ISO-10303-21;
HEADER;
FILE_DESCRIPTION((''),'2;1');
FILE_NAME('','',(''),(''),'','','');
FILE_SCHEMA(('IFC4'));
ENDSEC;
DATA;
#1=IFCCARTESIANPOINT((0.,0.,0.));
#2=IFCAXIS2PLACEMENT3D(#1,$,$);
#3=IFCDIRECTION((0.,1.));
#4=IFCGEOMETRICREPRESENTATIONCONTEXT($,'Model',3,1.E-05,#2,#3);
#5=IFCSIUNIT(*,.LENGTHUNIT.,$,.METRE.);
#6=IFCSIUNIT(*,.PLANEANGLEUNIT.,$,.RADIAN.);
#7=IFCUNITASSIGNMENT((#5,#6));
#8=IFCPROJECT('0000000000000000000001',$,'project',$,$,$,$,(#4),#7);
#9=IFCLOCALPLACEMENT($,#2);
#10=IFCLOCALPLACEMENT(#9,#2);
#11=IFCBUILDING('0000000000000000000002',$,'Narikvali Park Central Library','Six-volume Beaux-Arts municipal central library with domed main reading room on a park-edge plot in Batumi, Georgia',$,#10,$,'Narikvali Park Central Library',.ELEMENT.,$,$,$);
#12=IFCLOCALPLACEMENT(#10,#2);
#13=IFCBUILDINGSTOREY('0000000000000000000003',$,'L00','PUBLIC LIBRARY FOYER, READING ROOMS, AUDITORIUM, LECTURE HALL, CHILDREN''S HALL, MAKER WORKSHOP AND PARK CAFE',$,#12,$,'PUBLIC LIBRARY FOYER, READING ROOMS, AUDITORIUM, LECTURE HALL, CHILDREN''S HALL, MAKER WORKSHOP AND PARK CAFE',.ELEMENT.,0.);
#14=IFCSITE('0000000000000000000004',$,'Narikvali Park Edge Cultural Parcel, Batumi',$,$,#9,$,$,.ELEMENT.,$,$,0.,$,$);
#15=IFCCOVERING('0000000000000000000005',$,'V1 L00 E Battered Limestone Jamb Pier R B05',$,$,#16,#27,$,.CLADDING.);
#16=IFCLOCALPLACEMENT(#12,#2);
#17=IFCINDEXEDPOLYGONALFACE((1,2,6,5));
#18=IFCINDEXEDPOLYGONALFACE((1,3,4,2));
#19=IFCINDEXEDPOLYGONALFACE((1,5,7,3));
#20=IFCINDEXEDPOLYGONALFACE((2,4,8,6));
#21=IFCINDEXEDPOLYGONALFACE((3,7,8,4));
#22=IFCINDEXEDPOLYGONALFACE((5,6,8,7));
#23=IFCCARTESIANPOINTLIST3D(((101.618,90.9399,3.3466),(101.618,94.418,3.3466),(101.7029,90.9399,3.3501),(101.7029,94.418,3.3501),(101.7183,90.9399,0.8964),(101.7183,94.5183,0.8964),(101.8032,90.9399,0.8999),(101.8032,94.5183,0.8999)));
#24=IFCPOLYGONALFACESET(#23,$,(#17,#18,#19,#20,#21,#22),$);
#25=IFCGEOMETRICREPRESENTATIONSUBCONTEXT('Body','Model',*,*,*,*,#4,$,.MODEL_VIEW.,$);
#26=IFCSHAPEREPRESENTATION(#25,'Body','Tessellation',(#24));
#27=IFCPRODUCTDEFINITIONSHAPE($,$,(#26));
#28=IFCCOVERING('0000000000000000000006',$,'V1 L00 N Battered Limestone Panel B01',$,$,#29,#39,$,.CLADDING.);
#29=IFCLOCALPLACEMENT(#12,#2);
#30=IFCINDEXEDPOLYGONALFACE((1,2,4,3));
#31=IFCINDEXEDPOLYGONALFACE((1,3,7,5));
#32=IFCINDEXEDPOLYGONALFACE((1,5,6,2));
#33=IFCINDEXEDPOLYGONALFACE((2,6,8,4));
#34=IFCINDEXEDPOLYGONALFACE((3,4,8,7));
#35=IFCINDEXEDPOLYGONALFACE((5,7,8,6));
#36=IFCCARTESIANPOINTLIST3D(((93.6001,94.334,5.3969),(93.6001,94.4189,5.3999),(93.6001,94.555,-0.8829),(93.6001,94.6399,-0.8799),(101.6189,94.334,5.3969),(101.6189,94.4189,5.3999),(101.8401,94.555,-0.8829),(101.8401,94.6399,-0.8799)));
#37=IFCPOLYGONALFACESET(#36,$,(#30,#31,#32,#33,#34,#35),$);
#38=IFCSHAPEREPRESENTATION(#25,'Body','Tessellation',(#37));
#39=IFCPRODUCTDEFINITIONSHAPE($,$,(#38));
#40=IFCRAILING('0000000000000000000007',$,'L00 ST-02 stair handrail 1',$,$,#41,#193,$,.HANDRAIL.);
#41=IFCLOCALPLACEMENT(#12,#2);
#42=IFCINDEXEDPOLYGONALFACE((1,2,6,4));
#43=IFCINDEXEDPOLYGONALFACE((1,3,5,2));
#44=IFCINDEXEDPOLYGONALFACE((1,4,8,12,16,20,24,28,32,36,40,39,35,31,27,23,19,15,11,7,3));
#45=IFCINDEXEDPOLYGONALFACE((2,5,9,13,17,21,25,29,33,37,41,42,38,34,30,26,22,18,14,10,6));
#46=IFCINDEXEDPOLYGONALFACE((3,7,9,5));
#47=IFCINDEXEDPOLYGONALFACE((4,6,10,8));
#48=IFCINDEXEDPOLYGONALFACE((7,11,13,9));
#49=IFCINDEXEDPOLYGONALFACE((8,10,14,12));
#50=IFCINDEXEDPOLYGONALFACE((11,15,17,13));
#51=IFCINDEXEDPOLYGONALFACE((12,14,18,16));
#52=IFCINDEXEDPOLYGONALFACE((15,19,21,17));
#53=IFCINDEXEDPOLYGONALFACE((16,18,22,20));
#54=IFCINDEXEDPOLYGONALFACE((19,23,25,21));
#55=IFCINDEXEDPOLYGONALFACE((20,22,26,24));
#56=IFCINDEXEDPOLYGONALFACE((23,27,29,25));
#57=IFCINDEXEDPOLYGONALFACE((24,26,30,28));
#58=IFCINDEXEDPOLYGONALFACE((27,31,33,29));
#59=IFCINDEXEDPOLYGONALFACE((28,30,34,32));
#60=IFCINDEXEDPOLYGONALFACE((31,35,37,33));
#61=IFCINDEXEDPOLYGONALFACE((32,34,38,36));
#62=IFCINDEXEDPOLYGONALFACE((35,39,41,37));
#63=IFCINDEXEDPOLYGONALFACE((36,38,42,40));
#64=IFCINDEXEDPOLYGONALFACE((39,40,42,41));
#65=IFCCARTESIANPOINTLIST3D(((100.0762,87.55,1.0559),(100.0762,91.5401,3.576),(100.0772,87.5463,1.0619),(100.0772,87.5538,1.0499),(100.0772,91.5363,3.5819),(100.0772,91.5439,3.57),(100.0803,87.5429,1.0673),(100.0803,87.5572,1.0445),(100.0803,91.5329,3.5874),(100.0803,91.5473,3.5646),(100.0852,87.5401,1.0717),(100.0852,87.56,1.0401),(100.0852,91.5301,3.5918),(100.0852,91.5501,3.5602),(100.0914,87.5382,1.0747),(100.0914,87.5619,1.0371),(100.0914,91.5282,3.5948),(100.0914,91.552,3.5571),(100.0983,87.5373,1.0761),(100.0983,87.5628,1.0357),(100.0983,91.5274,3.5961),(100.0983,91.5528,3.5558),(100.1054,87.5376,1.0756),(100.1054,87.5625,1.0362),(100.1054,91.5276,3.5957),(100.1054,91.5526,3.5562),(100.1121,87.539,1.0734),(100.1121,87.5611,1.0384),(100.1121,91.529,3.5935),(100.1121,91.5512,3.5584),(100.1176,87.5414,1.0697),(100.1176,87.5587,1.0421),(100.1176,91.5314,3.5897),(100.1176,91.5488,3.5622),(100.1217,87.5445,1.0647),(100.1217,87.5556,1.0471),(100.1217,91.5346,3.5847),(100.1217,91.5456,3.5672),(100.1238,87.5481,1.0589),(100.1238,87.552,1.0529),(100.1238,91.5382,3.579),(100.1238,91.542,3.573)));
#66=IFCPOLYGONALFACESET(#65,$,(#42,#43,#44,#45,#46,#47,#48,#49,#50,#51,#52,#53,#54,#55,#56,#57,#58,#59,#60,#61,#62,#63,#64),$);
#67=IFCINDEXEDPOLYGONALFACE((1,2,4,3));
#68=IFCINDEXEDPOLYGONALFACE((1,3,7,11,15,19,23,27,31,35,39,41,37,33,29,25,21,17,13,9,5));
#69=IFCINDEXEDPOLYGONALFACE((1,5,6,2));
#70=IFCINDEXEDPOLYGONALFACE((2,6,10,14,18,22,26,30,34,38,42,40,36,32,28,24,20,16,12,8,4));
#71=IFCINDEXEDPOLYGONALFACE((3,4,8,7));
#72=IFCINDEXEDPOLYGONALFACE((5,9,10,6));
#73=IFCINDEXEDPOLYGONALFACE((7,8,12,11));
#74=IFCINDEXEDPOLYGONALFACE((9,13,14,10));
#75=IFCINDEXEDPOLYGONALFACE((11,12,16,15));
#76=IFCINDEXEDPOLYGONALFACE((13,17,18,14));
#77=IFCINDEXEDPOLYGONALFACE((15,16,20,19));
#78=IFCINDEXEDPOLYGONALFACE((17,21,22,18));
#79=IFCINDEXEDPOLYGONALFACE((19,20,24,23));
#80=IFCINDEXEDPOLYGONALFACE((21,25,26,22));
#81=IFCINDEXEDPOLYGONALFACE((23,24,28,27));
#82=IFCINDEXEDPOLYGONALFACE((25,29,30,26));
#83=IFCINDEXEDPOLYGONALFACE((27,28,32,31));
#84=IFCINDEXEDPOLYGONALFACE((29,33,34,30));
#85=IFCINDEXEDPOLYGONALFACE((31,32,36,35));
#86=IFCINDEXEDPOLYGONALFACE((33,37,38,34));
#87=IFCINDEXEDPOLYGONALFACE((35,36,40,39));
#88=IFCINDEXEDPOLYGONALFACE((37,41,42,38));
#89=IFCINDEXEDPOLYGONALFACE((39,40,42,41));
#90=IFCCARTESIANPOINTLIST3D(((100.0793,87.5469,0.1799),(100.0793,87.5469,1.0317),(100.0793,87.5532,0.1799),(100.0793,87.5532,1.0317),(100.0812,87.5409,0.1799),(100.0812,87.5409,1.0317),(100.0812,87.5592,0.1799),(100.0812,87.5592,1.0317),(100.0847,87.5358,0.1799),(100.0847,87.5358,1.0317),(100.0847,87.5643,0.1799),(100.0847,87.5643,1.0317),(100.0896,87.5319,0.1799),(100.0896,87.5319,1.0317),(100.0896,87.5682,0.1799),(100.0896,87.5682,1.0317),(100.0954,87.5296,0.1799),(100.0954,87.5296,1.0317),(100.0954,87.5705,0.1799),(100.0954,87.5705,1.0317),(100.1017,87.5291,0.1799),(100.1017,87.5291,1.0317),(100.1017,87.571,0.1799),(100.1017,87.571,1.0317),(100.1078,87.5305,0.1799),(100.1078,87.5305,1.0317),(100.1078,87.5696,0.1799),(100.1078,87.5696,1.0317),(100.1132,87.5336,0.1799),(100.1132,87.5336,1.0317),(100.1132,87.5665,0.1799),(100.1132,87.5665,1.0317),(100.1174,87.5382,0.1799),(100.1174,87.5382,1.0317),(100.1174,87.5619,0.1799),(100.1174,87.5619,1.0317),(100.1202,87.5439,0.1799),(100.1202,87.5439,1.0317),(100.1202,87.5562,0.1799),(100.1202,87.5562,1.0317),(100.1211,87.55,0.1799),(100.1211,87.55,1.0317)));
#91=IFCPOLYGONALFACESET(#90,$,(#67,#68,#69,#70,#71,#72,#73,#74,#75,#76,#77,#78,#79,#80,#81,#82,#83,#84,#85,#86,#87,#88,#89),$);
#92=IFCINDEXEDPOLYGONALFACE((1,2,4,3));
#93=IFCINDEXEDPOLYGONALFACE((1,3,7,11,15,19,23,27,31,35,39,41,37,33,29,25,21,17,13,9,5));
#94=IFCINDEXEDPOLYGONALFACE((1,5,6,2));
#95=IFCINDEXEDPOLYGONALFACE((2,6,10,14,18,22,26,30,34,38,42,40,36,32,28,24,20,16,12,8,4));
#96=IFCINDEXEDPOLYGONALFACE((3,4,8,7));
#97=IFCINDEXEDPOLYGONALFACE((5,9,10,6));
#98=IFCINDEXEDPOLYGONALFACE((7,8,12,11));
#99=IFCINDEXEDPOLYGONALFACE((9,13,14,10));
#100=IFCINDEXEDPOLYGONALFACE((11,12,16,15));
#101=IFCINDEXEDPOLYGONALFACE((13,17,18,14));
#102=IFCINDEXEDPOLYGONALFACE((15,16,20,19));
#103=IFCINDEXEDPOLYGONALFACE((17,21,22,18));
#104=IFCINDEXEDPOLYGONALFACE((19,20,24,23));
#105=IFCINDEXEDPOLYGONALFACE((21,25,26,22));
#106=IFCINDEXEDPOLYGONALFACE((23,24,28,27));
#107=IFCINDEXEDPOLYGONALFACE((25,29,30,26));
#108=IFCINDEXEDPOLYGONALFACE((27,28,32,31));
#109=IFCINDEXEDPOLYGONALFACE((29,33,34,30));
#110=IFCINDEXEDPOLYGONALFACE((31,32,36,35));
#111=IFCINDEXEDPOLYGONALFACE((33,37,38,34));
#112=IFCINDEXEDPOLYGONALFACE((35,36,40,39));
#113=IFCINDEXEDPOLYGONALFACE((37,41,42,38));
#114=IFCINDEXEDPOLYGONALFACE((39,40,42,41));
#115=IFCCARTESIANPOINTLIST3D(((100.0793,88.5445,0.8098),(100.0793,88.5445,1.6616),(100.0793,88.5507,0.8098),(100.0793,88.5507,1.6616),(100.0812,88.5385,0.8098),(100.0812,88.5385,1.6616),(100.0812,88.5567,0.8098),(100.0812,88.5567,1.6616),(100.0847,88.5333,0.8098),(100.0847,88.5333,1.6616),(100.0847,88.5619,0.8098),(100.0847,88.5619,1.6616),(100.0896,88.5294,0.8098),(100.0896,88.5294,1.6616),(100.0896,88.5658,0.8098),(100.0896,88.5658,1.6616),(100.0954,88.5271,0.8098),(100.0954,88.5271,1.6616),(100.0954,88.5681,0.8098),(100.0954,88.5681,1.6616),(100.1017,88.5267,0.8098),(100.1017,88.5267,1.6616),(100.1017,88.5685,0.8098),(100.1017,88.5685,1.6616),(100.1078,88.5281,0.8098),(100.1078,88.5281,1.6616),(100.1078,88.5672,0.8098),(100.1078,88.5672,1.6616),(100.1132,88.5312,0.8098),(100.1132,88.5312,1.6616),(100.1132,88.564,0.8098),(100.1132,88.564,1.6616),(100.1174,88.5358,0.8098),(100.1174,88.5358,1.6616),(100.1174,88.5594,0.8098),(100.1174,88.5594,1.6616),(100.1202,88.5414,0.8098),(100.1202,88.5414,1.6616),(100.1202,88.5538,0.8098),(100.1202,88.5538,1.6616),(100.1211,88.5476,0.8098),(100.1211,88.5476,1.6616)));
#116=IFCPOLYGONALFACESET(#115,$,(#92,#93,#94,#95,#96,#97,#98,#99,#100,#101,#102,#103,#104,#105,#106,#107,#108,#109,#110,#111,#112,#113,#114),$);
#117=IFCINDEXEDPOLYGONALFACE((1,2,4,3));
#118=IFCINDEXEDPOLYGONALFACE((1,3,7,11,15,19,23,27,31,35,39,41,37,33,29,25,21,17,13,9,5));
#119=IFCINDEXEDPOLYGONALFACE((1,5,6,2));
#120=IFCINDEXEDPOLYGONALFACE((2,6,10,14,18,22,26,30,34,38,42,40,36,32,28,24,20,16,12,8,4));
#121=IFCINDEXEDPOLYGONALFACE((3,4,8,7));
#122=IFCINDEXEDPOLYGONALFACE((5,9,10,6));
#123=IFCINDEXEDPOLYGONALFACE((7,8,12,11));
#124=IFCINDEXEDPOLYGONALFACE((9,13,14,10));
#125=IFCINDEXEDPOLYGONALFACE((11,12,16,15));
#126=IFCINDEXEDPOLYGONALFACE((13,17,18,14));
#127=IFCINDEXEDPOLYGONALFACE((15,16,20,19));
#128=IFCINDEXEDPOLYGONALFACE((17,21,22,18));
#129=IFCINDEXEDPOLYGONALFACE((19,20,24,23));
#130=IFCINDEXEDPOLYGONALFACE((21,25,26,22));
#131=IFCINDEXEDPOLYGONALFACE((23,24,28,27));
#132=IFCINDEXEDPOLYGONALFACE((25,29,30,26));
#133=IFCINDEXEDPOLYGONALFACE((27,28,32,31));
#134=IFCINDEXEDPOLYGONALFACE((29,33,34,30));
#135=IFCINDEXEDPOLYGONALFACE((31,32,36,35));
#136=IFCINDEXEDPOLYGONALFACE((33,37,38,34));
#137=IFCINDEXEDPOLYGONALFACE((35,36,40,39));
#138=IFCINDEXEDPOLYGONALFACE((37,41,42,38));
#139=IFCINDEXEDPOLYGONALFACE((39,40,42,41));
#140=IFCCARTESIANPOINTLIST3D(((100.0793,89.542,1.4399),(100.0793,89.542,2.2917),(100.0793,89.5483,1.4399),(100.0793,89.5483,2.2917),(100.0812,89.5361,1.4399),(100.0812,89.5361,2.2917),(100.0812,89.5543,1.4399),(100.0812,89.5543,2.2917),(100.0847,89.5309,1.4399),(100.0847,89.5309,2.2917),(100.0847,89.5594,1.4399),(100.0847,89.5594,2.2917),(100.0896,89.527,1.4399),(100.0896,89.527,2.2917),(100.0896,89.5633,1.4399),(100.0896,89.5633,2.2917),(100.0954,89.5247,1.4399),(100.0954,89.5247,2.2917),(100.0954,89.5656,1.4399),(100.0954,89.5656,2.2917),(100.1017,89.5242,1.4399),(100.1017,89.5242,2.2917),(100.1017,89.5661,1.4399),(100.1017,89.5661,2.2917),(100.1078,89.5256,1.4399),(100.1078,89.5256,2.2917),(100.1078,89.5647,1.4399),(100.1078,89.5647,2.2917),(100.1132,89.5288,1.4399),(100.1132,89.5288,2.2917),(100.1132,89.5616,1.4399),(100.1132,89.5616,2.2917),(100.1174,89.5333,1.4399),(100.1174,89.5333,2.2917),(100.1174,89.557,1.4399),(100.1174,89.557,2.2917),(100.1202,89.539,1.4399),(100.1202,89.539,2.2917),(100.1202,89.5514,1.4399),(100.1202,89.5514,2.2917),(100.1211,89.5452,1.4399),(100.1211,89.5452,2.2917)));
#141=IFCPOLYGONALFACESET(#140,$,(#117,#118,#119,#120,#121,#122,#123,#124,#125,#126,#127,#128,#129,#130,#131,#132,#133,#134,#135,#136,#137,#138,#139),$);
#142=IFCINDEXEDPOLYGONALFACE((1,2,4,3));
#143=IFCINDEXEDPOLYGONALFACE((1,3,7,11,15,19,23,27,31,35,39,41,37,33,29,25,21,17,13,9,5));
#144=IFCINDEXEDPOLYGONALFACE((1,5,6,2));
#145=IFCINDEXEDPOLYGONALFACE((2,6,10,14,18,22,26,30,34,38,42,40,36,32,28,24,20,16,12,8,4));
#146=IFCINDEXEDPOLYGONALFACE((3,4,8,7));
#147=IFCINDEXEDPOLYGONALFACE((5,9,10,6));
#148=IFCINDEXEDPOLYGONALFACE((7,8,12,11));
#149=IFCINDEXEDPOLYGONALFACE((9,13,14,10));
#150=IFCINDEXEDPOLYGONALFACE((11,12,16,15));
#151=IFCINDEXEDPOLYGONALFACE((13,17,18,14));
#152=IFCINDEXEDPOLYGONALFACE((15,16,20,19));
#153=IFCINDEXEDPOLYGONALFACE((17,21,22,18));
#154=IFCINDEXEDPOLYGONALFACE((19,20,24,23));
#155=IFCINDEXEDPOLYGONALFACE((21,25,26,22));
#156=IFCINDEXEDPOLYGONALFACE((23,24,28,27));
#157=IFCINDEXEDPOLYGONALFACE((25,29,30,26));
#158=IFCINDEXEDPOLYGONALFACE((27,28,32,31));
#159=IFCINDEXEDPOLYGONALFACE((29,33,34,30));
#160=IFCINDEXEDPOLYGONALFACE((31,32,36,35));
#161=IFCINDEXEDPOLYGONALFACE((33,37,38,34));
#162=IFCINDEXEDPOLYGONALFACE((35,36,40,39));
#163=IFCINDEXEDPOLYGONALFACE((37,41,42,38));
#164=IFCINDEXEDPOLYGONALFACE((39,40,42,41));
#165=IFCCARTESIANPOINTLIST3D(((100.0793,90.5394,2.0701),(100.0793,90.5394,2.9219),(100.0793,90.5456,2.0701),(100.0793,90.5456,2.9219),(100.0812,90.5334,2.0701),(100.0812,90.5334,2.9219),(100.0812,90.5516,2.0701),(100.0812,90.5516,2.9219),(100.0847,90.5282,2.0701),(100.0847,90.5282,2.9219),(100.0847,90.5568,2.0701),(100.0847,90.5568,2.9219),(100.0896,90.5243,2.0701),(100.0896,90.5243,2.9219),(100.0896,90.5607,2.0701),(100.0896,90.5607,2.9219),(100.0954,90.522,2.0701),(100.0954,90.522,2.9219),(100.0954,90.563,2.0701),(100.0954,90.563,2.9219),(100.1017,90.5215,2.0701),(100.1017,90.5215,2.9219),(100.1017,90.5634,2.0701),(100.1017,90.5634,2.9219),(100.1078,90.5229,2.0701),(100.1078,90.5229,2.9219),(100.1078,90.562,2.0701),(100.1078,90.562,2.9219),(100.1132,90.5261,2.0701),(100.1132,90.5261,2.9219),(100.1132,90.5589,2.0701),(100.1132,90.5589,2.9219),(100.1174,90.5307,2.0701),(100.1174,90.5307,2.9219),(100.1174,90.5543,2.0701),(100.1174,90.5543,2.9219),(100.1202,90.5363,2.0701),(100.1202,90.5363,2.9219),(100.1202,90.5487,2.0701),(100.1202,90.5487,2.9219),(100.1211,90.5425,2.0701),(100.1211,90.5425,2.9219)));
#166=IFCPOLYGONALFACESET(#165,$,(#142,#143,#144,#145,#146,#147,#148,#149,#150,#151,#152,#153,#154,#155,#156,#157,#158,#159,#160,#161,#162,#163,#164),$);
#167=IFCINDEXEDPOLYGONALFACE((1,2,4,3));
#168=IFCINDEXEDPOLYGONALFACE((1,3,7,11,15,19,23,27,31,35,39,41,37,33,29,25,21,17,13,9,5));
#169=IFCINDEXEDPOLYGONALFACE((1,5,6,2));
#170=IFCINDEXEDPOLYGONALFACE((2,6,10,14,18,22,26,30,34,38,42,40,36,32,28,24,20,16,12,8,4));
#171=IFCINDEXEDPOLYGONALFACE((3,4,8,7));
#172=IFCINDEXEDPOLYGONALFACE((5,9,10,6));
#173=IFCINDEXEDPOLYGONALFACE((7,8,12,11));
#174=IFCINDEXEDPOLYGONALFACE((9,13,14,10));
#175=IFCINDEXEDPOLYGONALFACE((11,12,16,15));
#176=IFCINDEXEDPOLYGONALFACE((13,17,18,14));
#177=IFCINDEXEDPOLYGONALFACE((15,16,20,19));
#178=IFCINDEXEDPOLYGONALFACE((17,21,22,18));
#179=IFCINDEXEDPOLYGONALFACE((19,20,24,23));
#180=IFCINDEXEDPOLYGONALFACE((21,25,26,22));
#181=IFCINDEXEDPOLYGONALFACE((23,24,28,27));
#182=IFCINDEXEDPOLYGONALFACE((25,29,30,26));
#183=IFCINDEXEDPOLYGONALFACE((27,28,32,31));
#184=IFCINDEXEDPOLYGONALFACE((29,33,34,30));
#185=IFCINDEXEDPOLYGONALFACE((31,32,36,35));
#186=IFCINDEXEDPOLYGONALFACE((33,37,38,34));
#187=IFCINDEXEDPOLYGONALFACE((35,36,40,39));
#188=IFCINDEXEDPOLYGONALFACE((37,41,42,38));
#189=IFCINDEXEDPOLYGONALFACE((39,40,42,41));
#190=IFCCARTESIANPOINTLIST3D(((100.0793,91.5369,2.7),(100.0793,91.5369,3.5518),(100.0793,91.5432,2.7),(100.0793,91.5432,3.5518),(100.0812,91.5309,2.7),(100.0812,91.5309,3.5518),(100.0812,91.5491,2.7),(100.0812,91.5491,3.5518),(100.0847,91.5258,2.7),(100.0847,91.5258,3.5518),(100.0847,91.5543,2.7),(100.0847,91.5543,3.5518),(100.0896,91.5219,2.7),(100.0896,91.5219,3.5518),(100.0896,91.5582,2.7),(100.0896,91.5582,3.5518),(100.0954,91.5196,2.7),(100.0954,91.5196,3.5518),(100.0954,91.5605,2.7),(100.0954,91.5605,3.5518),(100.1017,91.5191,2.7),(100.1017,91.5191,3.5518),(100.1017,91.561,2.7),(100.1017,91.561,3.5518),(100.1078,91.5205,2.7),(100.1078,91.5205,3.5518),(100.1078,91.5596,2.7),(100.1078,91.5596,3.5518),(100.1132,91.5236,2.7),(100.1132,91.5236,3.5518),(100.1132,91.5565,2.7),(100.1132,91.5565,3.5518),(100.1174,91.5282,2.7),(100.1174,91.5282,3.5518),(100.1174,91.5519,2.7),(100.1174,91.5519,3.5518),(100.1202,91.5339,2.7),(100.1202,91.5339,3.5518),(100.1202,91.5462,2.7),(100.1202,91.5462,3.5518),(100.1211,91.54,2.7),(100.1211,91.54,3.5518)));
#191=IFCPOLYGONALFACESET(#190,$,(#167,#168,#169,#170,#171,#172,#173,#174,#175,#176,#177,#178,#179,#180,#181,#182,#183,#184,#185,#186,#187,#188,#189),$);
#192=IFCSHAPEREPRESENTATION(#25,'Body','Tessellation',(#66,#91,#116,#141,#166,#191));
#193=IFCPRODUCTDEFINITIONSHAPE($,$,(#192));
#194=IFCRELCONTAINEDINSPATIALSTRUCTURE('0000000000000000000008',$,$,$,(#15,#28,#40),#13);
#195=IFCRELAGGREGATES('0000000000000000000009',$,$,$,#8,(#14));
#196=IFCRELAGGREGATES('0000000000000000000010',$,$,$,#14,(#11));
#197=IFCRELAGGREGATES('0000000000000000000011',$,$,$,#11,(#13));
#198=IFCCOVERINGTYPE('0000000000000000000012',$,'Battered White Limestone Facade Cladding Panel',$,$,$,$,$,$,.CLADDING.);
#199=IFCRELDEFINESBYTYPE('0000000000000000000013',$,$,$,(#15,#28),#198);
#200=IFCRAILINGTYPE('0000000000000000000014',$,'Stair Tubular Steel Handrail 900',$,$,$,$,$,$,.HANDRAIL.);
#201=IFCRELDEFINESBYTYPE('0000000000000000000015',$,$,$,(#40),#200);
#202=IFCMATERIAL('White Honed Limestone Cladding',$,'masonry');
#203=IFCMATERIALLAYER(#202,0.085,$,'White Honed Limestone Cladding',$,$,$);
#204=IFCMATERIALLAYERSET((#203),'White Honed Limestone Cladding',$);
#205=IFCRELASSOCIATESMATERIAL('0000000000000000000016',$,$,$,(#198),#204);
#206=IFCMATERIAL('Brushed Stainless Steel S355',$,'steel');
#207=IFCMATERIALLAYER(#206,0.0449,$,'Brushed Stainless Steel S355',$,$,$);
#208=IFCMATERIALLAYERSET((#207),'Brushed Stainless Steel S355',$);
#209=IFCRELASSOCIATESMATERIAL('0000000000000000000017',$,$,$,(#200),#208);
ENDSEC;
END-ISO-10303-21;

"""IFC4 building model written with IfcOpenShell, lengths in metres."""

from ifc_helpers import new_model, si_unit, direction, frame, origin, origin_2d, place, context, subcontext, project, spatial, polyline, circle, outline, extrude, material, layer, layer_set, type_object, element, save


model = new_model("IFC4")

# Units and contexts
model_context = context("Model", 3, precision=1e-05, world=origin(), true_north=direction((0.0, 1.0)))
body_context = subcontext(model_context, "Body", "Model", "MODEL_VIEW")
ifc_project = project(units=[si_unit("LENGTHUNIT", "METRE"), si_unit("PLANEANGLEUNIT", "RADIAN")], contexts=[model_context])

# Site, building, storey
site_placement = place(None, origin())
site = spatial("IfcSite", under=ifc_project, at=site_placement, Name="Narikvali Park Edge Cultural Parcel, Batumi", CompositionType="ELEMENT", RefElevation=0.0)
building_placement = place(site_placement, origin())
building = spatial("IfcBuilding", under=site, at=building_placement, Name="Narikvali Park Central Library", Description="Six-volume Beaux-Arts municipal central library with domed main reading room on a park-edge plot in Batumi, Georgia", LongName="Narikvali Park Central Library", CompositionType="ELEMENT")
storey_placement = place(building_placement, origin())
storey = spatial("IfcBuildingStorey", under=building, at=storey_placement, Name="L00", Description="PUBLIC LIBRARY FOYER, READING ROOMS, AUDITORIUM, LECTURE HALL, CHILDREN'S HALL, MAKER WORKSHOP AND PARK CAFE", LongName="PUBLIC LIBRARY FOYER, READING ROOMS, AUDITORIUM, LECTURE HALL, CHILDREN'S HALL, MAKER WORKSHOP AND PARK CAFE", CompositionType="ELEMENT", Elevation=0.0)

# Shared definitions
ifc_material_1 = material(Name="Brushed Stainless Steel S355", Category="steel")

# Coverings
ifc_material_2 = material(Name="White Honed Limestone Cladding", Category="masonry")
ifc_layer_1 = layer(ifc_material_2, 0.085, Name="White Honed Limestone Cladding")
ifc_layer_set_1 = layer_set([ifc_layer_1], Name="White Honed Limestone Cladding")
covering_type = type_object("IfcCoveringType", Name="Battered White Limestone Facade Cladding Panel", PredefinedType="CLADDING", material=ifc_layer_set_1)
covering_1_placement = place(storey_placement, frame((101.8032, 90.9399, 0.8999), z_axis=(0.999162, 0.0, 0.040918), x_axis=(0.0, 1.0, 0.0)))
element("IfcCovering", 1, at=covering_1_placement, inside=storey, type_object=covering_type, Name="V1 L00 E Battered Limestone Jamb Pier R B05", PredefinedType="CLADDING", context=body_context, shape_type="SweptSolid", body=[
    extrude(outline(polyline([(0.0, 0.0), (3.5784, 0.0), (3.478, 2.4522), (0.0, 2.4522), (0.0, 0.0)])), origin(), (0.0, 0.0, -1.0), 0.085),
])
covering_2_placement = place(storey_placement, frame((101.8401, 94.6399, -0.8799), z_axis=(0.0, 0.999382, 0.035162), x_axis=(-1.0, 0.0, 0.0)))
element("IfcCovering", 2, at=covering_2_placement, inside=storey, type_object=covering_type, Name="V1 L00 N Battered Limestone Panel B01", PredefinedType="CLADDING", context=body_context, shape_type="SweptSolid", body=[
    extrude(outline(polyline([(0.0, 0.0), (8.24, 0.0), (8.24, 6.2837), (0.2212, 6.2837), (0.0, 0.0)])), origin(), (0.0, 0.0, -1.0), 0.085),
])

# Railing
ifc_layer_2 = layer(ifc_material_1, 0.0449, Name="Brushed Stainless Steel S355")
ifc_layer_set_2 = layer_set([ifc_layer_2], Name="Brushed Stainless Steel S355")
railing_type_1 = type_object("IfcRailingType", Name="Stair Tubular Steel Handrail 900", PredefinedType="HANDRAIL", material=ifc_layer_set_2)
railing_1_placement = place(storey_placement, frame((100.1001, 87.55, 0.1799)))
element("IfcRailing", 3, at=railing_1_placement, inside=storey, type_object=railing_type_1, Name="L00 ST-02 stair handrail 1", PredefinedType="HANDRAIL", context=body_context, shape_type="SweptSolid", body=[
    extrude(circle(Radius=0.0239, at=origin_2d()), frame((0.0, 0.0, 0.876), z_axis=(0.0, 0.845486, 0.533997), x_axis=(-1.0, 0.0, 0.0)), (0.0, 0.0, 1.0), 4.7192),
    extrude(circle(Radius=0.021, at=origin_2d()), origin(), (0.0, 0.0, 1.0), 0.8518),
    extrude(circle(Radius=0.021, at=origin_2d()), frame((0.0, 0.9976, 0.6299)), (0.0, 0.0, 1.0), 0.8518),
    extrude(circle(Radius=0.021, at=origin_2d()), frame((0.0, 1.9951, 1.26)), (0.0, 0.0, 1.0), 0.8518),
    extrude(circle(Radius=0.021, at=origin_2d()), frame((0.0, 2.9924, 1.8901)), (0.0, 0.0, 1.0), 0.8518),
    extrude(circle(Radius=0.021, at=origin_2d()), frame((0.0, 3.99, 2.52)), (0.0, 0.0, 1.0), 0.8518),
])

save(model, "model.ifc")
